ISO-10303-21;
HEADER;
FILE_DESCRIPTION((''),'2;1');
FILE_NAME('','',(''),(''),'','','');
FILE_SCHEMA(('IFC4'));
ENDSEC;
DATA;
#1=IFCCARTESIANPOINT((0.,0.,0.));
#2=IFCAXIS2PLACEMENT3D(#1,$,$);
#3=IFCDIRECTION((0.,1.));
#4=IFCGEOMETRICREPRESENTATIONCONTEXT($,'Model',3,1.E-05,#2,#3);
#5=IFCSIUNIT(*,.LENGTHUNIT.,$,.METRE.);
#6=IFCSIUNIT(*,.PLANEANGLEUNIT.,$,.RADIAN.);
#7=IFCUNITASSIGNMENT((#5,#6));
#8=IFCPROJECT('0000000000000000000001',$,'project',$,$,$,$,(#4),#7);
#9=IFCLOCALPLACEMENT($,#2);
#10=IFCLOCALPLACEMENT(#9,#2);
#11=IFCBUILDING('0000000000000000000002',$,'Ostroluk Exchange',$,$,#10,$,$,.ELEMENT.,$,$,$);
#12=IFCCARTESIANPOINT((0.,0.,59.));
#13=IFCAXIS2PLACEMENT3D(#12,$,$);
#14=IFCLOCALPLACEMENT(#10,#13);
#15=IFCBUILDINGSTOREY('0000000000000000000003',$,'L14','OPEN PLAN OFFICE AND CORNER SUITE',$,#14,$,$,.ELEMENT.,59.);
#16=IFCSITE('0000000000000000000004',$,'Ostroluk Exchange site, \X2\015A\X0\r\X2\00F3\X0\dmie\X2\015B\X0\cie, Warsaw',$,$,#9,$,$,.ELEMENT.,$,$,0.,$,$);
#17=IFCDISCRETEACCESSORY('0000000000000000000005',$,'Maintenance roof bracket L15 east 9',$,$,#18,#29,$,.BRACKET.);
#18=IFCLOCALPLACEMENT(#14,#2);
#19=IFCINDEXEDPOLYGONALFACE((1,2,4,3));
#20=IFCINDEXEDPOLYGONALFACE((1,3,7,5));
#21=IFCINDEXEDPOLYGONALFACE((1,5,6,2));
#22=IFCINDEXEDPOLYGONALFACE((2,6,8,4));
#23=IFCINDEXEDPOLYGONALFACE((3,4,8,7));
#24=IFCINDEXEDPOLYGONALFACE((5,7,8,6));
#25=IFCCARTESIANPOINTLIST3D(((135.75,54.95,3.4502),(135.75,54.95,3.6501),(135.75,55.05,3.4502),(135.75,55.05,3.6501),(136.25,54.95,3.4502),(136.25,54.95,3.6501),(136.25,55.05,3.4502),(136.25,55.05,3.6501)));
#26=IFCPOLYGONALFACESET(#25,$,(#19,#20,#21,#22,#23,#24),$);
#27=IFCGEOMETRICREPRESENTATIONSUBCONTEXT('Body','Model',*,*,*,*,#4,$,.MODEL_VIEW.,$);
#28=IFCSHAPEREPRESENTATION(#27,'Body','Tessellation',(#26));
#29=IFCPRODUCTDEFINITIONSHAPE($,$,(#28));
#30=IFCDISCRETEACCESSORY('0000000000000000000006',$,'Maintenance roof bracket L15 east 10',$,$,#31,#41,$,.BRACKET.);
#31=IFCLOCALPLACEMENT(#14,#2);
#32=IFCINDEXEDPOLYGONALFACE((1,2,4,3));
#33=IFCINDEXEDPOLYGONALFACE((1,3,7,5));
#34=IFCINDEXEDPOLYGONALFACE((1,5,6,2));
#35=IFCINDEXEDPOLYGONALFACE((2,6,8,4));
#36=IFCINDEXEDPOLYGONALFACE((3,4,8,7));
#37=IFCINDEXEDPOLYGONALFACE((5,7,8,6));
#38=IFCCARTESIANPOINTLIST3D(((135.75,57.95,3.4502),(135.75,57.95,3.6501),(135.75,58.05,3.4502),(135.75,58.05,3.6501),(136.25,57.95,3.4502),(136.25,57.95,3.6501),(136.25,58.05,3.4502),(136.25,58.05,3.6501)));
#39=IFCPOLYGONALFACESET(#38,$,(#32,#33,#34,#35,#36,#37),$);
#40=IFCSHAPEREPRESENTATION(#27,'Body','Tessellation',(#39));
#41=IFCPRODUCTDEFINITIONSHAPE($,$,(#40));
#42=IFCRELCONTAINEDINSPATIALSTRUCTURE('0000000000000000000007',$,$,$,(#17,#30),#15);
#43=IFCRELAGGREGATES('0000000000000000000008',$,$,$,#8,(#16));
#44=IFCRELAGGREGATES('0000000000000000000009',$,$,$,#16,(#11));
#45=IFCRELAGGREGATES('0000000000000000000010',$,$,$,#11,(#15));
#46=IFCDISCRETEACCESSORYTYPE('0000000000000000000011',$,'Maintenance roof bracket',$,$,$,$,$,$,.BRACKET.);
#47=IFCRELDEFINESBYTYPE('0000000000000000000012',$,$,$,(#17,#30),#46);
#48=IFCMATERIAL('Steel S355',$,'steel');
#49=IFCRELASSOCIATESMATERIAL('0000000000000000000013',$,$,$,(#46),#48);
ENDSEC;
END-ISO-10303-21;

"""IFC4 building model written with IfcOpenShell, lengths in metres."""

from ifc_helpers import new_model, si_unit, direction, frame, origin, origin_2d, place, context, subcontext, project, spatial, rectangle, extrude, material, type_object, element, save


model = new_model("IFC4")

# Units and contexts
model_context = context("Model", 3, precision=1e-05, world=origin(), true_north=direction((0.0, 1.0)))
body_context = subcontext(model_context, "Body", "Model", "MODEL_VIEW")
ifc_project = project(units=[si_unit("LENGTHUNIT", "METRE"), si_unit("PLANEANGLEUNIT", "RADIAN")], contexts=[model_context])

# Site, building, storey
site_placement = place(None, origin())
site = spatial("IfcSite", under=ifc_project, at=site_placement, Name="Ostroluk Exchange site, Śródmieście, Warsaw", CompositionType="ELEMENT", RefElevation=0.0)
building_placement = place(site_placement, origin())
building = spatial("IfcBuilding", under=site, at=building_placement, Name="Ostroluk Exchange", CompositionType="ELEMENT")
storey_placement = place(building_placement, frame((0.0, 0.0, 59.0)))
storey = spatial("IfcBuildingStorey", under=building, at=storey_placement, Name="L14", Description="OPEN PLAN OFFICE AND CORNER SUITE", CompositionType="ELEMENT", Elevation=59.0)

# Discrete accessories
ifc_material_1 = material(Name="Steel S355", Category="steel")
discrete_accessory_type = type_object("IfcDiscreteAccessoryType", Name="Maintenance roof bracket", PredefinedType="BRACKET", material=ifc_material_1)
for number, where, z_axis, x_axis, name in (
    (1, (136.0, 55.0, 3.4502), (0.0, 0.0, 1.0), (1.0, 0.0, 0.0), "Maintenance roof bracket L15 east 9"),
    (2, (136.0, 58.0, 3.4502), (0.0, 0.0, 1.0), (1.0, 0.0, 0.0), "Maintenance roof bracket L15 east 10"),
):
    element("IfcDiscreteAccessory", number, at=place(storey_placement, frame(where, z_axis=z_axis, x_axis=x_axis)), inside=storey, type_object=discrete_accessory_type, Name=name, PredefinedType="BRACKET", context=body_context, shape_type="SweptSolid", body=[
        extrude(rectangle(XDim=0.5, YDim=0.1001, at=origin_2d()), origin(), (0.0, 0.0, 1.0), 0.2),
    ])

save(model, "model.ifc")
